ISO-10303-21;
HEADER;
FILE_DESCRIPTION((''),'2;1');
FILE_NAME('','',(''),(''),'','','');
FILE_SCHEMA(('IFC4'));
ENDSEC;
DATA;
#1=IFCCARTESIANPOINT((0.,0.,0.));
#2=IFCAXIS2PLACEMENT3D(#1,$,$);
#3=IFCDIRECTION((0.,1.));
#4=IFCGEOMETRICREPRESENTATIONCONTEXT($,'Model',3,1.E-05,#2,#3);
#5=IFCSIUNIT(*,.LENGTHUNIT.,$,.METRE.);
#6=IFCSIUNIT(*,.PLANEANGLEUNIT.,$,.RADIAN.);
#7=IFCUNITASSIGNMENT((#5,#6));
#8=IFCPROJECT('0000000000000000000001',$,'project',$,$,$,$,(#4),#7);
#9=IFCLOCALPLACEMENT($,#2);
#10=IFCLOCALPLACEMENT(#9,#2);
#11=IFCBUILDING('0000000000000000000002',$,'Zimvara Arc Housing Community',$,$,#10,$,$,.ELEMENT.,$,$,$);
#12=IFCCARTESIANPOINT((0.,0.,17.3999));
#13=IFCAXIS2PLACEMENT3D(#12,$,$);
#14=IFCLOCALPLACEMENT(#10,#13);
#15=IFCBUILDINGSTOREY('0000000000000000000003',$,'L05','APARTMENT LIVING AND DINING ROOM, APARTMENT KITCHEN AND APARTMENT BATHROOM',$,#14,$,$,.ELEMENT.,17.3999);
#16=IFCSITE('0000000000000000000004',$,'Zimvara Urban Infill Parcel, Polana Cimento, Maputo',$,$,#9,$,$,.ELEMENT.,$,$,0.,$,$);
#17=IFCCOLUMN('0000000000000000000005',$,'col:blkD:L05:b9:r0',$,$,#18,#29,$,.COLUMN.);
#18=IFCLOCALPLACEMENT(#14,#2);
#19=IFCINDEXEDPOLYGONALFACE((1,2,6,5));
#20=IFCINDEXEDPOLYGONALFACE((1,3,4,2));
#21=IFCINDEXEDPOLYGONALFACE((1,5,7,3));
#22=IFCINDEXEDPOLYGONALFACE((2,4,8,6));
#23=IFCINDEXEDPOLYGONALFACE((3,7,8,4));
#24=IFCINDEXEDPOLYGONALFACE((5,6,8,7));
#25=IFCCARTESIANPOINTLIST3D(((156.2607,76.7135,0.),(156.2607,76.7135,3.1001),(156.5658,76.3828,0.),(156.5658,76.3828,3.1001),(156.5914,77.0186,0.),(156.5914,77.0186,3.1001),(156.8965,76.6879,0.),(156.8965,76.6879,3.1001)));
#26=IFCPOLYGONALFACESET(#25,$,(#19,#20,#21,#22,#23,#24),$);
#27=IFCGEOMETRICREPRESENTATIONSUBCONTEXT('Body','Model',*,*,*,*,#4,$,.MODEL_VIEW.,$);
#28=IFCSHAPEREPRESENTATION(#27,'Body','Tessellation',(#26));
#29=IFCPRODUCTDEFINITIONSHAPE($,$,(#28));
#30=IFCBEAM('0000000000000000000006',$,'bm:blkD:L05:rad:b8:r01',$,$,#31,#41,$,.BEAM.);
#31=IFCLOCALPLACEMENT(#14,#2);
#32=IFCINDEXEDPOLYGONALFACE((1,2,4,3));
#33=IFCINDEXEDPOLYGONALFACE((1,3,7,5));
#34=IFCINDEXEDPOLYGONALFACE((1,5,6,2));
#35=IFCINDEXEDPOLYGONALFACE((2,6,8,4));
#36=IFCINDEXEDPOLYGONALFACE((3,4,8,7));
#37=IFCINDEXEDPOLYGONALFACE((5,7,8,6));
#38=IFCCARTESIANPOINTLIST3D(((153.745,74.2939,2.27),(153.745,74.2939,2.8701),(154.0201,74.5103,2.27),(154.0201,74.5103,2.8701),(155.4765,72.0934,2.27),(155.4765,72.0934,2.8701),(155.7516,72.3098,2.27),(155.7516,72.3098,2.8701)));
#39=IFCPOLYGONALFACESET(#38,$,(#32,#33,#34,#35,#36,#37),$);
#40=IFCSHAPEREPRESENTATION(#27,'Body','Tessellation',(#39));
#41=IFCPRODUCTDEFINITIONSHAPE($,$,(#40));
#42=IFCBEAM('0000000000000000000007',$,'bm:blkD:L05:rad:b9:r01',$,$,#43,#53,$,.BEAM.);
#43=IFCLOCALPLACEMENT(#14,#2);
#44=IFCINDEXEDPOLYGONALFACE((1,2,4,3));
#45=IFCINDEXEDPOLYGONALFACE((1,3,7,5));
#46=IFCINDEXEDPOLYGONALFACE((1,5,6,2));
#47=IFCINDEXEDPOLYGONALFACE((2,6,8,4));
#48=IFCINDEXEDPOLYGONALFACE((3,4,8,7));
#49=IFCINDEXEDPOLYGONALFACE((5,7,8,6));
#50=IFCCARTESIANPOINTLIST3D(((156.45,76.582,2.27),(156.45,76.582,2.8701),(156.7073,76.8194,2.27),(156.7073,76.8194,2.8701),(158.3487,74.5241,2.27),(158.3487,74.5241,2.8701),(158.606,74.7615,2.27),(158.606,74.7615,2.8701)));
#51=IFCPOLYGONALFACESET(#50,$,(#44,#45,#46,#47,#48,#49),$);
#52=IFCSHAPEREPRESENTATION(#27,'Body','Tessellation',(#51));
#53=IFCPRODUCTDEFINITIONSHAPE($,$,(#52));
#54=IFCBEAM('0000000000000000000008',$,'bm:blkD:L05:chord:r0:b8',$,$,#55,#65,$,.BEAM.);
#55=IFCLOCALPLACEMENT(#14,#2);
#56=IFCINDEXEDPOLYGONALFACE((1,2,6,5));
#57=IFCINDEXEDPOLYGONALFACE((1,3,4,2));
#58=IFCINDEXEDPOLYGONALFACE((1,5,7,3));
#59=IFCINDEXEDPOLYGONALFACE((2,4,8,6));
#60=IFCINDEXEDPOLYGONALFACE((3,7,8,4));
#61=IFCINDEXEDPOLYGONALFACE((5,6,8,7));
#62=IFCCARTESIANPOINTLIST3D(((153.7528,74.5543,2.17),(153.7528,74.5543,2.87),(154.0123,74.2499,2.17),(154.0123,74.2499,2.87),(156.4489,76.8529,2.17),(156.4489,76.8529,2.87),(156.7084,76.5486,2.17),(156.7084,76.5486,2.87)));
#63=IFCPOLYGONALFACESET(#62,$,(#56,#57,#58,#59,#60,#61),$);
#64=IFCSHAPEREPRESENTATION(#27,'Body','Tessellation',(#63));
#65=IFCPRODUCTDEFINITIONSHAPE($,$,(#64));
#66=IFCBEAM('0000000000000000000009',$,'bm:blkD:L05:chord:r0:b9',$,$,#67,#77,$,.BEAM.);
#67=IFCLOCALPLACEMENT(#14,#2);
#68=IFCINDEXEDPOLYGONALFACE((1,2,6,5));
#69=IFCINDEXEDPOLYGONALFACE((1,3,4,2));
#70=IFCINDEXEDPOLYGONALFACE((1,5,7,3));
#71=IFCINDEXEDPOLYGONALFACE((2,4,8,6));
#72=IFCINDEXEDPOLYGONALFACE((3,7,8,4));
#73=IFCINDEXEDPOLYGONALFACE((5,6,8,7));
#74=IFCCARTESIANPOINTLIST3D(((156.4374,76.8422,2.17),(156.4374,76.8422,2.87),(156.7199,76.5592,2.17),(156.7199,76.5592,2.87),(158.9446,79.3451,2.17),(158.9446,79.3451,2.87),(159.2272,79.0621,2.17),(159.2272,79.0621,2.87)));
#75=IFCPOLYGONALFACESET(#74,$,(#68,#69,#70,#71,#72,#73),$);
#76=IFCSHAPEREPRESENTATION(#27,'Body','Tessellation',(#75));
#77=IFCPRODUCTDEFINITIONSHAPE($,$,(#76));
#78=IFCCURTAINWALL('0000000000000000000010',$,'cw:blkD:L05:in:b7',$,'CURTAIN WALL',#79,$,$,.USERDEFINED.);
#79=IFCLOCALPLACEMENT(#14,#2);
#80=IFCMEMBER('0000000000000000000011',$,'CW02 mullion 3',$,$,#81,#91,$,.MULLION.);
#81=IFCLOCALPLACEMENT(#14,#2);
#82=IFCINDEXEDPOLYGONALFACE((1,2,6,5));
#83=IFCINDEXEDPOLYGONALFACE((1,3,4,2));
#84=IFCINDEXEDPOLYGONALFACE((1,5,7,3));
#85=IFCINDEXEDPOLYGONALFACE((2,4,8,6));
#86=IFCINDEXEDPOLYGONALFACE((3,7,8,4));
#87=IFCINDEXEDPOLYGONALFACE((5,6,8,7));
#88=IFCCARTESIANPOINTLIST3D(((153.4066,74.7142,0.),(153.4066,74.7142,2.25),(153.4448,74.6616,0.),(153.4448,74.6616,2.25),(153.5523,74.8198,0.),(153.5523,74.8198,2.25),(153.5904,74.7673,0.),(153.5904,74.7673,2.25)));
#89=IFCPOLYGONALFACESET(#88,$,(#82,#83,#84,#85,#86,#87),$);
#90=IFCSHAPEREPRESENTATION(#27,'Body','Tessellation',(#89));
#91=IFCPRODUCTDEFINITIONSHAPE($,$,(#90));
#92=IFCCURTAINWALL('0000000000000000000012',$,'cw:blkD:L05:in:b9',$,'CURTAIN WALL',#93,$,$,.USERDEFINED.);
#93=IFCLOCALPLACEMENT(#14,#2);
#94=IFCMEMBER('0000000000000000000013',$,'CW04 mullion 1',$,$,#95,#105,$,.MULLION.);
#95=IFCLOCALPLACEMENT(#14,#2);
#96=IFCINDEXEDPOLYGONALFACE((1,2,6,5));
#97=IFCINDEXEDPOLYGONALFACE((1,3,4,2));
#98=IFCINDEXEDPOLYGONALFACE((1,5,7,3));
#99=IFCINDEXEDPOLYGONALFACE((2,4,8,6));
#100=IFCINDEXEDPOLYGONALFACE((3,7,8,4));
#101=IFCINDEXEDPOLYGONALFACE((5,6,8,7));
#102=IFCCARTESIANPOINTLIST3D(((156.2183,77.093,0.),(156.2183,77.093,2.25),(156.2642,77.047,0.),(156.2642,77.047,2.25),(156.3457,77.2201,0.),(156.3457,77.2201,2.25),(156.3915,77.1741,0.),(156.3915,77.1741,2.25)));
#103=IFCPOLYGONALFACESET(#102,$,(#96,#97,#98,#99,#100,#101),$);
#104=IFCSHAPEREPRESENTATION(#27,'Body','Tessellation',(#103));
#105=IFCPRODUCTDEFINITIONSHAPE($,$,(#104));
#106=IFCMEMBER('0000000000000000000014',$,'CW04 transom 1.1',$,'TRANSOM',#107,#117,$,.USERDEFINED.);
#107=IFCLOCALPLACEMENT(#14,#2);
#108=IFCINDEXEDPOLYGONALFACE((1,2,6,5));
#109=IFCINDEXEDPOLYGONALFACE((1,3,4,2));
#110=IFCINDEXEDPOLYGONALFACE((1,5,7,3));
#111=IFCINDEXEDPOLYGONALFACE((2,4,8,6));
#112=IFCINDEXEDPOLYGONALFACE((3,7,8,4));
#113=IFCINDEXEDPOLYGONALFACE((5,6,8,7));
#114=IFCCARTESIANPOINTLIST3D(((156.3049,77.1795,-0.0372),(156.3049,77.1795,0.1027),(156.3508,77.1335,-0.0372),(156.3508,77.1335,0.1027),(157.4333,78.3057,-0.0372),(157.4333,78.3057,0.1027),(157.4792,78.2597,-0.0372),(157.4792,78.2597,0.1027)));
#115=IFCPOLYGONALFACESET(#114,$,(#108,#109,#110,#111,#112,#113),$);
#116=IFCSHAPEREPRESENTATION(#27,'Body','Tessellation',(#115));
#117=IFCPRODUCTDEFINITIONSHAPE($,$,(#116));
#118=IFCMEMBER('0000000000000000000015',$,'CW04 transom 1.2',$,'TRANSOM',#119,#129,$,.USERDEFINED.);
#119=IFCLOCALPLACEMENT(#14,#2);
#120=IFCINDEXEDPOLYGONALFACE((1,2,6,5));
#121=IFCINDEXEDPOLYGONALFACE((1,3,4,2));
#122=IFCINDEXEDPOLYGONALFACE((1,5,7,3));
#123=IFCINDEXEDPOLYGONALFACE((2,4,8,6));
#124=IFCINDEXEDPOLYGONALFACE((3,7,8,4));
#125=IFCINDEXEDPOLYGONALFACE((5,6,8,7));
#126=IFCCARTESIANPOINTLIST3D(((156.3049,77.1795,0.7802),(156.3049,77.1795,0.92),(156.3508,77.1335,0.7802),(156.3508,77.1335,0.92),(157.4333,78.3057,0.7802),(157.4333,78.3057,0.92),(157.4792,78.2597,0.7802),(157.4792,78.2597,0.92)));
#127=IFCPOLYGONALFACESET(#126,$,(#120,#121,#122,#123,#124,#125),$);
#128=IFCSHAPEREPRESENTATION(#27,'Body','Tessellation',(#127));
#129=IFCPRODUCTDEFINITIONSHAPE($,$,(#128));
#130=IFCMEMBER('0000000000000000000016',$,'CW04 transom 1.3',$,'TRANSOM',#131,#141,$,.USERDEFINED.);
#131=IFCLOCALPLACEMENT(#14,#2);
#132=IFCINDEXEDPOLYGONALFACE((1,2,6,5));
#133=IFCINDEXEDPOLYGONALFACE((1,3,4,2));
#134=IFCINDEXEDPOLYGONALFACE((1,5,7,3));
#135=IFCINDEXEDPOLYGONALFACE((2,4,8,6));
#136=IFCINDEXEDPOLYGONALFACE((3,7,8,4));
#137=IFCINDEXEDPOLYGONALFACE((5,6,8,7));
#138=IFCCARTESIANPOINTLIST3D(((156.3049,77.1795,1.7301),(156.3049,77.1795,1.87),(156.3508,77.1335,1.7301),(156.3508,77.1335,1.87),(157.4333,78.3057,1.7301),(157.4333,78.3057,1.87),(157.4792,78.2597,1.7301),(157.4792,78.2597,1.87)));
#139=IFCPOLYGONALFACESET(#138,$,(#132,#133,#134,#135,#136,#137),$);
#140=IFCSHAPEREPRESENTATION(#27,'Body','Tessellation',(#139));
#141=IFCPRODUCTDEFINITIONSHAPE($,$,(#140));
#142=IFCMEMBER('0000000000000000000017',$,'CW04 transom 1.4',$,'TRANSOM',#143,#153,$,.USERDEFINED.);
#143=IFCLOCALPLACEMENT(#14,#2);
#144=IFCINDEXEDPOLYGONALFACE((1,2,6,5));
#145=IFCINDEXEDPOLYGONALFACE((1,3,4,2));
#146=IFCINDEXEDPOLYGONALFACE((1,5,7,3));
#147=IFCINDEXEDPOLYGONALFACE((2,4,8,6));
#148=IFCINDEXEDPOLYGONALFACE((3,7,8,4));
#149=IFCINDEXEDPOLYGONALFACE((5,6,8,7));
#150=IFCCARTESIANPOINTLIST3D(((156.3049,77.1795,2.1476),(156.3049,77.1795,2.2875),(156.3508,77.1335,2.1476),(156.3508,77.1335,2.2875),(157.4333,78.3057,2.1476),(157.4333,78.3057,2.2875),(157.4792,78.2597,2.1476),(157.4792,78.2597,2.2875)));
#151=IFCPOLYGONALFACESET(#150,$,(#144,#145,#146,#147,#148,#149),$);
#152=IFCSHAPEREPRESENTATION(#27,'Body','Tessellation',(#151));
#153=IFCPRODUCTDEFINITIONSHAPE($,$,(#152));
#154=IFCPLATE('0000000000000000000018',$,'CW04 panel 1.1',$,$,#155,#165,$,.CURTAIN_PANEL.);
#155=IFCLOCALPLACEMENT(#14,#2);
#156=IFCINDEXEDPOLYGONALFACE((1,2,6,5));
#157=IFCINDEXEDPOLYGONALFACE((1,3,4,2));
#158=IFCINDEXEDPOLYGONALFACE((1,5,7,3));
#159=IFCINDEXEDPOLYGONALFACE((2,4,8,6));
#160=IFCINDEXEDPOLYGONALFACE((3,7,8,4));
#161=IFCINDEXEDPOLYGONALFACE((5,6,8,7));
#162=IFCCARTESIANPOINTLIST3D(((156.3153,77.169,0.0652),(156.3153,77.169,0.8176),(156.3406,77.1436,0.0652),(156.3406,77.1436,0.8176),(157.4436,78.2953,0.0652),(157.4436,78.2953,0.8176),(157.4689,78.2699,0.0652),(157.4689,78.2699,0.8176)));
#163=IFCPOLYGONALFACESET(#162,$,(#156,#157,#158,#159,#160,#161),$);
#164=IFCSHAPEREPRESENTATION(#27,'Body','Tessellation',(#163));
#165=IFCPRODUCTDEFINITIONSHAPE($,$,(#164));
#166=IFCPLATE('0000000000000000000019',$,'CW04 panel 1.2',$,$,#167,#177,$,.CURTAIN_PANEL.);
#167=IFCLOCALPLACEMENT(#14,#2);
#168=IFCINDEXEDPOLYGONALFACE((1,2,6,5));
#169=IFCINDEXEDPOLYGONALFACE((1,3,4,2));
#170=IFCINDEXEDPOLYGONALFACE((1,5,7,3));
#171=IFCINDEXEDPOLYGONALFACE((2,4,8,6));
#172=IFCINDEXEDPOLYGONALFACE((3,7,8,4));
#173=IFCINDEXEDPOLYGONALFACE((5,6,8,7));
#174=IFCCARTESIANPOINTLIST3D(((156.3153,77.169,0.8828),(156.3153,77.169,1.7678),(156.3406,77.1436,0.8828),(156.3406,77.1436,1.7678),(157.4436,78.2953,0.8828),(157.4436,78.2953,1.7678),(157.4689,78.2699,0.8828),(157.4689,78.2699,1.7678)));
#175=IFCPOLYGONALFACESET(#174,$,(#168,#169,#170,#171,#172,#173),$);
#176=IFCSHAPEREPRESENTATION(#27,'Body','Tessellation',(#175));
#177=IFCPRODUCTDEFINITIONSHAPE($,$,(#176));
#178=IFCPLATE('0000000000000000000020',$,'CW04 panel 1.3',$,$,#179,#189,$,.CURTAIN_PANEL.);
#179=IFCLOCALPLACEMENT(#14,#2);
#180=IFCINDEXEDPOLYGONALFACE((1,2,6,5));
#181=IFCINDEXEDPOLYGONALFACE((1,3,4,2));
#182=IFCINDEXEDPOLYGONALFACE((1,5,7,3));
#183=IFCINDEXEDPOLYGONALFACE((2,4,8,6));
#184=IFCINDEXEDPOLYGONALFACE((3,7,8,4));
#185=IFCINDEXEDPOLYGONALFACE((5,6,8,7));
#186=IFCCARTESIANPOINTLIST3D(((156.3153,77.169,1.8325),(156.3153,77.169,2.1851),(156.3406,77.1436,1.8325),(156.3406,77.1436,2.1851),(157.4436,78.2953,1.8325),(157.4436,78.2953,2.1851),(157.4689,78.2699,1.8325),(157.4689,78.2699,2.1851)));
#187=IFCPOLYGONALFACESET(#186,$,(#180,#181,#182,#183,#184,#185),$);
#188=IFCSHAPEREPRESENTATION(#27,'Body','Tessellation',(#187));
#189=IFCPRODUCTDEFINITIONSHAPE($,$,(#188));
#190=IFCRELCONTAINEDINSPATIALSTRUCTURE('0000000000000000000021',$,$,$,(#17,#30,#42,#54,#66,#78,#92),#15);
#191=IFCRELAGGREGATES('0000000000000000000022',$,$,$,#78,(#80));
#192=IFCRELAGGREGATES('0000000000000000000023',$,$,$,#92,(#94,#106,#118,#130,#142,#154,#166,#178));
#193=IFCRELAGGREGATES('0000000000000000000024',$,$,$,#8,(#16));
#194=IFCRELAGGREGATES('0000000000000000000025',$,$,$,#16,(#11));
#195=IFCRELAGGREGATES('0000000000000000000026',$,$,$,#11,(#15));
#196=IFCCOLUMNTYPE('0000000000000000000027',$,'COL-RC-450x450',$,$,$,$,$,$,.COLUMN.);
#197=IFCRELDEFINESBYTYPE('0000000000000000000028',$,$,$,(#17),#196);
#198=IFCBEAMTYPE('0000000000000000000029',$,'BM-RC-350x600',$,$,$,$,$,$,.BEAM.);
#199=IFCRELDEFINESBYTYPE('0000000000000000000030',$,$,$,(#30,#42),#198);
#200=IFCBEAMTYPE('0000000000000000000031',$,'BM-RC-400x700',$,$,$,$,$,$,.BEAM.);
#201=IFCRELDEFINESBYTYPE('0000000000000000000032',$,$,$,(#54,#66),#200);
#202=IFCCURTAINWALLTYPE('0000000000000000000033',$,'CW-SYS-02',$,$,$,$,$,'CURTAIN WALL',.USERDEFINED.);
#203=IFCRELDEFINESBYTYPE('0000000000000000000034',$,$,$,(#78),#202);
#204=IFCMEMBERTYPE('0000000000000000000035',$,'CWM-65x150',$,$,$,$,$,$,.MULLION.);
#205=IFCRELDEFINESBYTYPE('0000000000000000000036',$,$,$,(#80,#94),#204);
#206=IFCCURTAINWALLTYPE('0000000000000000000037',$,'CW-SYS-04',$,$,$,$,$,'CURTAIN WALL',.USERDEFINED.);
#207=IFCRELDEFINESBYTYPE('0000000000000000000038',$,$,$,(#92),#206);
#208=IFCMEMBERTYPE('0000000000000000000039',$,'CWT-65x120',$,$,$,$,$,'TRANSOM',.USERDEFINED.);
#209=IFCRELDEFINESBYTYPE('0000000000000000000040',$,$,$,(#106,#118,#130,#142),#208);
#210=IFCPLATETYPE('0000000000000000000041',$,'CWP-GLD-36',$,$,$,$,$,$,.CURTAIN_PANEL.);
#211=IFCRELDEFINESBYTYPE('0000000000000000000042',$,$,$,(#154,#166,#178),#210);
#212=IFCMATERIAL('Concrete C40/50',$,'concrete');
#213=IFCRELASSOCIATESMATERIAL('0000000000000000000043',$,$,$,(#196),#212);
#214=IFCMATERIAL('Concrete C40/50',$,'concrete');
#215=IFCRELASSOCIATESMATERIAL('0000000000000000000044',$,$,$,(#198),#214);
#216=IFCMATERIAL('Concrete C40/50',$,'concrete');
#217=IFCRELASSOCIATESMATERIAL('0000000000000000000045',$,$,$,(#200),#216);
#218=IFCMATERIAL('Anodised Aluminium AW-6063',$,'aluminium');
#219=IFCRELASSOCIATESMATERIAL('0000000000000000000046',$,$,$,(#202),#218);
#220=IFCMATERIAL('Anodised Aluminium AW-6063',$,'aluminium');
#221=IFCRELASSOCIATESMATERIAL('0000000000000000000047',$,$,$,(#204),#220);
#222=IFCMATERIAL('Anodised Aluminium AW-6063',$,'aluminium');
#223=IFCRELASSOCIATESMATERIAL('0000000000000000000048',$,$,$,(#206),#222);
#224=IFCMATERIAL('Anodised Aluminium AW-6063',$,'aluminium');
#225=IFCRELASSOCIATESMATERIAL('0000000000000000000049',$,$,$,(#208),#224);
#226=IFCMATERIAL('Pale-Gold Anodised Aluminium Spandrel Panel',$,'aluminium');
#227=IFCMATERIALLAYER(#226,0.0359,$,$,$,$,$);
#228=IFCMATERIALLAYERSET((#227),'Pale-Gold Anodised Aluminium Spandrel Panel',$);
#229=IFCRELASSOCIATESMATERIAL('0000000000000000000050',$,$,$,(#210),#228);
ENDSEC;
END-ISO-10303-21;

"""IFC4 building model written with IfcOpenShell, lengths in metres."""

from ifc_helpers import new_model, si_unit, direction, frame, origin, origin_2d, place, context, subcontext, project, spatial, rectangle, extrude, material, layer, layer_set, material_profile, profile_set, type_object, element, aggregate, save


model = new_model("IFC4")

# Units and contexts
model_context = context("Model", 3, precision=1e-05, world=origin(), true_north=direction((0.0, 1.0)))
body_context = subcontext(model_context, "Body", "Model", "MODEL_VIEW")
ifc_project = project(units=[si_unit("LENGTHUNIT", "METRE"), si_unit("PLANEANGLEUNIT", "RADIAN")], contexts=[model_context])

# Site, building, storey
site_placement = place(None, origin())
site = spatial("IfcSite", under=ifc_project, at=site_placement, Name="Zimvara Urban Infill Parcel, Polana Cimento, Maputo", CompositionType="ELEMENT", RefElevation=0.0)
building_placement = place(site_placement, origin())
building = spatial("IfcBuilding", under=site, at=building_placement, Name="Zimvara Arc Housing Community", CompositionType="ELEMENT")
storey_placement = place(building_placement, frame((0.0, 0.0, 17.3999)))
storey = spatial("IfcBuildingStorey", under=building, at=storey_placement, Name="L05", Description="APARTMENT LIVING AND DINING ROOM, APARTMENT KITCHEN AND APARTMENT BATHROOM", CompositionType="ELEMENT", Elevation=17.3999)

# Column
ifc_material_1 = material(Name="Concrete C40/50", Category="concrete")
ifc_material_profile_1 = material_profile(ifc_material_1, rectangle(XDim=0.45, YDim=0.45, at=origin_2d()), Name="RC 450x450")
ifc_profile_set_1 = profile_set([ifc_material_profile_1], Name="Concrete C40/50")
column_type = type_object("IfcColumnType", Name="COL-RC-450x450", PredefinedType="COLUMN", material=ifc_profile_set_1)
column_placement = place(storey_placement, frame((156.5786, 76.7007, 0.0), z_axis=(0.0, 0.0, 1.0), x_axis=(0.67816, -0.734915, 0.0)))
element("IfcColumn", 1, at=column_placement, inside=storey, type_object=column_type, Name="col:blkD:L05:b9:r0", PredefinedType="COLUMN", context=body_context, shape_type="SweptSolid", body=[
    extrude(rectangle(XDim=0.45, YDim=0.45, at=origin_2d()), origin(), (0.0, 0.0, 1.0), 3.1001),
])

# Beams
ifc_material_2 = material(Name="Concrete C40/50", Category="concrete")
ifc_material_profile_2 = material_profile(ifc_material_2, rectangle(XDim=0.3501, YDim=0.6001, at=origin_2d()), Name="RC 350x600")
ifc_profile_set_2 = profile_set([ifc_material_profile_2], Name="Concrete C40/50")
beam_type_1 = type_object("IfcBeamType", Name="BM-RC-350x600", PredefinedType="BEAM", material=ifc_profile_set_2)
for number, where, z_axis, x_axis, name in (
    (2, (153.8826, 74.4021, 2.5701), (0.61838, -0.785879, 0.0), (0.785879, 0.61838, 0.0), "bm:blkD:L05:rad:b8:r01"),
    (3, (156.5786, 76.7007, 2.5701), (0.67811, -0.734961, 0.0), (0.734961, 0.67811, 0.0), "bm:blkD:L05:rad:b9:r01"),
):
    element("IfcBeam", number, at=place(storey_placement, frame(where, z_axis=z_axis, x_axis=x_axis)), inside=storey, type_object=beam_type_1, Name=name, PredefinedType="BEAM", context=body_context, shape_type="SweptSolid", body=[
        extrude(rectangle(XDim=0.3501, YDim=0.6001, at=origin_2d()), origin(), (0.0, 0.0, 1.0), 2.8),
    ])
ifc_material_3 = material(Name="Concrete C40/50", Category="concrete")
ifc_material_profile_3 = material_profile(ifc_material_3, rectangle(XDim=0.3999, YDim=0.7, at=origin_2d()), Name="RC 400x700")
ifc_profile_set_3 = profile_set([ifc_material_profile_3], Name="Concrete C40/50")
beam_type_2 = type_object("IfcBeamType", Name="BM-RC-400x700", PredefinedType="BEAM", material=ifc_profile_set_3)
beam_1_placement = place(storey_placement, frame((153.8826, 74.4021, 2.52), z_axis=(0.760971, 0.648786, 0.0), x_axis=(-0.648786, 0.760971, 0.0)))
element("IfcBeam", 4, at=beam_1_placement, inside=storey, type_object=beam_type_2, Name="bm:blkD:L05:chord:r0:b8", PredefinedType="BEAM", context=body_context, shape_type="SweptSolid", body=[
    extrude(rectangle(XDim=0.3999, YDim=0.7, at=origin_2d()), origin(), (0.0, 0.0, 1.0), 3.543),
])
beam_2_placement = place(storey_placement, frame((156.5786, 76.7007, 2.52), z_axis=(0.707727, 0.706486, 0.0), x_axis=(-0.706486, 0.707727, 0.0)))
element("IfcBeam", 5, at=beam_2_placement, inside=storey, type_object=beam_type_2, Name="bm:blkD:L05:chord:r0:b9", PredefinedType="BEAM", context=body_context, shape_type="SweptSolid", body=[
    extrude(rectangle(XDim=0.3999, YDim=0.7, at=origin_2d()), origin(), (0.0, 0.0, 1.0), 3.5427),
])

# Curtain wall, member
ifc_material_4 = material(Name="Anodised Aluminium AW-6063", Category="aluminium")
curtain_wall_type_1 = type_object("IfcCurtainWallType", Name="CW-SYS-02", ElementType="CURTAIN WALL", PredefinedType="USERDEFINED", material=ifc_material_4)
curtain_wall_1_placement = place(storey_placement, origin())
curtain_wall_1 = element("IfcCurtainWall", 6, at=curtain_wall_1_placement, inside=storey, type_object=curtain_wall_type_1, Name="cw:blkD:L05:in:b7", ObjectType="CURTAIN WALL", PredefinedType="USERDEFINED")
ifc_material_5 = material(Name="Anodised Aluminium AW-6063", Category="aluminium")
ifc_material_profile_4 = material_profile(ifc_material_5, rectangle(XDim=0.0649, YDim=0.1799, at=origin_2d()), Name="ALU 65x180")
ifc_profile_set_4 = profile_set([ifc_material_profile_4], Name="Anodised Aluminium AW-6063")
member_type_1 = type_object("IfcMemberType", Name="CWM-65x150", PredefinedType="MULLION", material=ifc_profile_set_4)
member_1_placement = place(storey_placement, frame((153.4985, 74.7407, 0.0), z_axis=(0.0, 0.0, 1.0), x_axis=(-0.587079, 0.809529, 0.0)))
member_1 = element("IfcMember", 7, at=member_1_placement, type_object=member_type_1, Name="CW02 mullion 3", PredefinedType="MULLION", context=body_context, shape_type="SweptSolid", body=[
    extrude(rectangle(XDim=0.0649, YDim=0.1799, at=origin_2d()), origin(), (0.0, 0.0, 1.0), 2.25),
])
aggregate(curtain_wall_1, [member_1])

# Curtain wall, members, plates
ifc_material_6 = material(Name="Anodised Aluminium AW-6063", Category="aluminium")
curtain_wall_type_2 = type_object("IfcCurtainWallType", Name="CW-SYS-04", ElementType="CURTAIN WALL", PredefinedType="USERDEFINED", material=ifc_material_6)
curtain_wall_2_placement = place(storey_placement, origin())
curtain_wall_2 = element("IfcCurtainWall", 8, at=curtain_wall_2_placement, inside=storey, type_object=curtain_wall_type_2, Name="cw:blkD:L05:in:b9", ObjectType="CURTAIN WALL", PredefinedType="USERDEFINED")
member_2_placement = place(storey_placement, frame((156.3049, 77.1335, 0.0), z_axis=(0.0, 0.0, 1.0), x_axis=(-0.70649, 0.707723, 0.0)))
member_2 = element("IfcMember", 9, at=member_2_placement, type_object=member_type_1, Name="CW04 mullion 1", PredefinedType="MULLION", context=body_context, shape_type="SweptSolid", body=[
    extrude(rectangle(XDim=0.0649, YDim=0.1799, at=origin_2d()), origin(), (0.0, 0.0, 1.0), 2.25),
])
ifc_material_7 = material(Name="Anodised Aluminium AW-6063", Category="aluminium")
ifc_material_profile_5 = material_profile(ifc_material_7, rectangle(XDim=0.0649, YDim=0.1399, at=origin_2d()), Name="ALU 65x140")
ifc_profile_set_5 = profile_set([ifc_material_profile_5], Name="Anodised Aluminium AW-6063")
member_type_2 = type_object("IfcMemberType", Name="CWT-65x120", ElementType="TRANSOM", PredefinedType="USERDEFINED", material=ifc_profile_set_5)
member_3_placement = place(storey_placement, frame((156.3279, 77.1565, 0.0327), z_axis=(0.707796, 0.706417, 0.0), x_axis=(-0.706417, 0.707796, 0.0)))
member_3 = element("IfcMember", 10, at=member_3_placement, type_object=member_type_2, Name="CW04 transom 1.1", ObjectType="TRANSOM", PredefinedType="USERDEFINED", context=body_context, shape_type="SweptSolid", body=[
    extrude(rectangle(XDim=0.0649, YDim=0.1399, at=origin_2d()), origin(), (0.0, 0.0, 1.0), 1.5942),
])
member_4_placement = place(storey_placement, frame((156.3279, 77.1565, 0.8501), z_axis=(0.707796, 0.706417, 0.0), x_axis=(-0.706417, 0.707796, 0.0)))
member_4 = element("IfcMember", 11, at=member_4_placement, type_object=member_type_2, Name="CW04 transom 1.2", ObjectType="TRANSOM", PredefinedType="USERDEFINED", context=body_context, shape_type="SweptSolid", body=[
    extrude(rectangle(XDim=0.0649, YDim=0.1399, at=origin_2d()), origin(), (0.0, 0.0, 1.0), 1.5942),
])
member_5_placement = place(storey_placement, frame((156.3279, 77.1565, 1.8), z_axis=(0.707796, 0.706417, 0.0), x_axis=(-0.706417, 0.707796, 0.0)))
member_5 = element("IfcMember", 12, at=member_5_placement, type_object=member_type_2, Name="CW04 transom 1.3", ObjectType="TRANSOM", PredefinedType="USERDEFINED", context=body_context, shape_type="SweptSolid", body=[
    extrude(rectangle(XDim=0.0649, YDim=0.1399, at=origin_2d()), origin(), (0.0, 0.0, 1.0), 1.5942),
])
member_6_placement = place(storey_placement, frame((156.3279, 77.1565, 2.2175), z_axis=(0.707796, 0.706417, 0.0), x_axis=(-0.706417, 0.707796, 0.0)))
member_6 = element("IfcMember", 13, at=member_6_placement, type_object=member_type_2, Name="CW04 transom 1.4", ObjectType="TRANSOM", PredefinedType="USERDEFINED", context=body_context, shape_type="SweptSolid", body=[
    extrude(rectangle(XDim=0.0649, YDim=0.1399, at=origin_2d()), origin(), (0.0, 0.0, 1.0), 1.5942),
])
ifc_material_8 = material(Name="Pale-Gold Anodised Aluminium Spandrel Panel", Category="aluminium")
ifc_layer_1 = layer(ifc_material_8, 0.0359)
ifc_layer_set_1 = layer_set([ifc_layer_1], Name="Pale-Gold Anodised Aluminium Spandrel Panel")
plate_type = type_object("IfcPlateType", Name="CWP-GLD-36", PredefinedType="CURTAIN_PANEL", material=ifc_layer_set_1)
plate_1_placement = place(storey_placement, frame((156.8921, 77.7195, 0.0652), z_axis=(0.0, 0.0, 1.0), x_axis=(0.707723, 0.70649, 0.0)))
plate_1 = element("IfcPlate", 14, at=plate_1_placement, type_object=plate_type, Name="CW04 panel 1.1", PredefinedType="CURTAIN_PANEL", context=body_context, shape_type="SweptSolid", body=[
    extrude(rectangle(XDim=1.5942, YDim=0.0359, at=origin_2d()), origin(), (0.0, 0.0, 1.0), 0.7524),
])
plate_2_placement = place(storey_placement, frame((156.8921, 77.7195, 0.8828), z_axis=(0.0, 0.0, 1.0), x_axis=(0.707723, 0.70649, 0.0)))
plate_2 = element("IfcPlate", 15, at=plate_2_placement, type_object=plate_type, Name="CW04 panel 1.2", PredefinedType="CURTAIN_PANEL", context=body_context, shape_type="SweptSolid", body=[
    extrude(rectangle(XDim=1.5942, YDim=0.0359, at=origin_2d()), origin(), (0.0, 0.0, 1.0), 0.885),
])
plate_3_placement = place(storey_placement, frame((156.8921, 77.7195, 1.8325), z_axis=(0.0, 0.0, 1.0), x_axis=(0.707723, 0.70649, 0.0)))
plate_3 = element("IfcPlate", 16, at=plate_3_placement, type_object=plate_type, Name="CW04 panel 1.3", PredefinedType="CURTAIN_PANEL", context=body_context, shape_type="SweptSolid", body=[
    extrude(rectangle(XDim=1.5942, YDim=0.0359, at=origin_2d()), origin(), (0.0, 0.0, 1.0), 0.3525),
])
aggregate(curtain_wall_2, [member_2, member_3, member_4, member_5, member_6, plate_1, plate_2, plate_3])

save(model, "model.ifc")
